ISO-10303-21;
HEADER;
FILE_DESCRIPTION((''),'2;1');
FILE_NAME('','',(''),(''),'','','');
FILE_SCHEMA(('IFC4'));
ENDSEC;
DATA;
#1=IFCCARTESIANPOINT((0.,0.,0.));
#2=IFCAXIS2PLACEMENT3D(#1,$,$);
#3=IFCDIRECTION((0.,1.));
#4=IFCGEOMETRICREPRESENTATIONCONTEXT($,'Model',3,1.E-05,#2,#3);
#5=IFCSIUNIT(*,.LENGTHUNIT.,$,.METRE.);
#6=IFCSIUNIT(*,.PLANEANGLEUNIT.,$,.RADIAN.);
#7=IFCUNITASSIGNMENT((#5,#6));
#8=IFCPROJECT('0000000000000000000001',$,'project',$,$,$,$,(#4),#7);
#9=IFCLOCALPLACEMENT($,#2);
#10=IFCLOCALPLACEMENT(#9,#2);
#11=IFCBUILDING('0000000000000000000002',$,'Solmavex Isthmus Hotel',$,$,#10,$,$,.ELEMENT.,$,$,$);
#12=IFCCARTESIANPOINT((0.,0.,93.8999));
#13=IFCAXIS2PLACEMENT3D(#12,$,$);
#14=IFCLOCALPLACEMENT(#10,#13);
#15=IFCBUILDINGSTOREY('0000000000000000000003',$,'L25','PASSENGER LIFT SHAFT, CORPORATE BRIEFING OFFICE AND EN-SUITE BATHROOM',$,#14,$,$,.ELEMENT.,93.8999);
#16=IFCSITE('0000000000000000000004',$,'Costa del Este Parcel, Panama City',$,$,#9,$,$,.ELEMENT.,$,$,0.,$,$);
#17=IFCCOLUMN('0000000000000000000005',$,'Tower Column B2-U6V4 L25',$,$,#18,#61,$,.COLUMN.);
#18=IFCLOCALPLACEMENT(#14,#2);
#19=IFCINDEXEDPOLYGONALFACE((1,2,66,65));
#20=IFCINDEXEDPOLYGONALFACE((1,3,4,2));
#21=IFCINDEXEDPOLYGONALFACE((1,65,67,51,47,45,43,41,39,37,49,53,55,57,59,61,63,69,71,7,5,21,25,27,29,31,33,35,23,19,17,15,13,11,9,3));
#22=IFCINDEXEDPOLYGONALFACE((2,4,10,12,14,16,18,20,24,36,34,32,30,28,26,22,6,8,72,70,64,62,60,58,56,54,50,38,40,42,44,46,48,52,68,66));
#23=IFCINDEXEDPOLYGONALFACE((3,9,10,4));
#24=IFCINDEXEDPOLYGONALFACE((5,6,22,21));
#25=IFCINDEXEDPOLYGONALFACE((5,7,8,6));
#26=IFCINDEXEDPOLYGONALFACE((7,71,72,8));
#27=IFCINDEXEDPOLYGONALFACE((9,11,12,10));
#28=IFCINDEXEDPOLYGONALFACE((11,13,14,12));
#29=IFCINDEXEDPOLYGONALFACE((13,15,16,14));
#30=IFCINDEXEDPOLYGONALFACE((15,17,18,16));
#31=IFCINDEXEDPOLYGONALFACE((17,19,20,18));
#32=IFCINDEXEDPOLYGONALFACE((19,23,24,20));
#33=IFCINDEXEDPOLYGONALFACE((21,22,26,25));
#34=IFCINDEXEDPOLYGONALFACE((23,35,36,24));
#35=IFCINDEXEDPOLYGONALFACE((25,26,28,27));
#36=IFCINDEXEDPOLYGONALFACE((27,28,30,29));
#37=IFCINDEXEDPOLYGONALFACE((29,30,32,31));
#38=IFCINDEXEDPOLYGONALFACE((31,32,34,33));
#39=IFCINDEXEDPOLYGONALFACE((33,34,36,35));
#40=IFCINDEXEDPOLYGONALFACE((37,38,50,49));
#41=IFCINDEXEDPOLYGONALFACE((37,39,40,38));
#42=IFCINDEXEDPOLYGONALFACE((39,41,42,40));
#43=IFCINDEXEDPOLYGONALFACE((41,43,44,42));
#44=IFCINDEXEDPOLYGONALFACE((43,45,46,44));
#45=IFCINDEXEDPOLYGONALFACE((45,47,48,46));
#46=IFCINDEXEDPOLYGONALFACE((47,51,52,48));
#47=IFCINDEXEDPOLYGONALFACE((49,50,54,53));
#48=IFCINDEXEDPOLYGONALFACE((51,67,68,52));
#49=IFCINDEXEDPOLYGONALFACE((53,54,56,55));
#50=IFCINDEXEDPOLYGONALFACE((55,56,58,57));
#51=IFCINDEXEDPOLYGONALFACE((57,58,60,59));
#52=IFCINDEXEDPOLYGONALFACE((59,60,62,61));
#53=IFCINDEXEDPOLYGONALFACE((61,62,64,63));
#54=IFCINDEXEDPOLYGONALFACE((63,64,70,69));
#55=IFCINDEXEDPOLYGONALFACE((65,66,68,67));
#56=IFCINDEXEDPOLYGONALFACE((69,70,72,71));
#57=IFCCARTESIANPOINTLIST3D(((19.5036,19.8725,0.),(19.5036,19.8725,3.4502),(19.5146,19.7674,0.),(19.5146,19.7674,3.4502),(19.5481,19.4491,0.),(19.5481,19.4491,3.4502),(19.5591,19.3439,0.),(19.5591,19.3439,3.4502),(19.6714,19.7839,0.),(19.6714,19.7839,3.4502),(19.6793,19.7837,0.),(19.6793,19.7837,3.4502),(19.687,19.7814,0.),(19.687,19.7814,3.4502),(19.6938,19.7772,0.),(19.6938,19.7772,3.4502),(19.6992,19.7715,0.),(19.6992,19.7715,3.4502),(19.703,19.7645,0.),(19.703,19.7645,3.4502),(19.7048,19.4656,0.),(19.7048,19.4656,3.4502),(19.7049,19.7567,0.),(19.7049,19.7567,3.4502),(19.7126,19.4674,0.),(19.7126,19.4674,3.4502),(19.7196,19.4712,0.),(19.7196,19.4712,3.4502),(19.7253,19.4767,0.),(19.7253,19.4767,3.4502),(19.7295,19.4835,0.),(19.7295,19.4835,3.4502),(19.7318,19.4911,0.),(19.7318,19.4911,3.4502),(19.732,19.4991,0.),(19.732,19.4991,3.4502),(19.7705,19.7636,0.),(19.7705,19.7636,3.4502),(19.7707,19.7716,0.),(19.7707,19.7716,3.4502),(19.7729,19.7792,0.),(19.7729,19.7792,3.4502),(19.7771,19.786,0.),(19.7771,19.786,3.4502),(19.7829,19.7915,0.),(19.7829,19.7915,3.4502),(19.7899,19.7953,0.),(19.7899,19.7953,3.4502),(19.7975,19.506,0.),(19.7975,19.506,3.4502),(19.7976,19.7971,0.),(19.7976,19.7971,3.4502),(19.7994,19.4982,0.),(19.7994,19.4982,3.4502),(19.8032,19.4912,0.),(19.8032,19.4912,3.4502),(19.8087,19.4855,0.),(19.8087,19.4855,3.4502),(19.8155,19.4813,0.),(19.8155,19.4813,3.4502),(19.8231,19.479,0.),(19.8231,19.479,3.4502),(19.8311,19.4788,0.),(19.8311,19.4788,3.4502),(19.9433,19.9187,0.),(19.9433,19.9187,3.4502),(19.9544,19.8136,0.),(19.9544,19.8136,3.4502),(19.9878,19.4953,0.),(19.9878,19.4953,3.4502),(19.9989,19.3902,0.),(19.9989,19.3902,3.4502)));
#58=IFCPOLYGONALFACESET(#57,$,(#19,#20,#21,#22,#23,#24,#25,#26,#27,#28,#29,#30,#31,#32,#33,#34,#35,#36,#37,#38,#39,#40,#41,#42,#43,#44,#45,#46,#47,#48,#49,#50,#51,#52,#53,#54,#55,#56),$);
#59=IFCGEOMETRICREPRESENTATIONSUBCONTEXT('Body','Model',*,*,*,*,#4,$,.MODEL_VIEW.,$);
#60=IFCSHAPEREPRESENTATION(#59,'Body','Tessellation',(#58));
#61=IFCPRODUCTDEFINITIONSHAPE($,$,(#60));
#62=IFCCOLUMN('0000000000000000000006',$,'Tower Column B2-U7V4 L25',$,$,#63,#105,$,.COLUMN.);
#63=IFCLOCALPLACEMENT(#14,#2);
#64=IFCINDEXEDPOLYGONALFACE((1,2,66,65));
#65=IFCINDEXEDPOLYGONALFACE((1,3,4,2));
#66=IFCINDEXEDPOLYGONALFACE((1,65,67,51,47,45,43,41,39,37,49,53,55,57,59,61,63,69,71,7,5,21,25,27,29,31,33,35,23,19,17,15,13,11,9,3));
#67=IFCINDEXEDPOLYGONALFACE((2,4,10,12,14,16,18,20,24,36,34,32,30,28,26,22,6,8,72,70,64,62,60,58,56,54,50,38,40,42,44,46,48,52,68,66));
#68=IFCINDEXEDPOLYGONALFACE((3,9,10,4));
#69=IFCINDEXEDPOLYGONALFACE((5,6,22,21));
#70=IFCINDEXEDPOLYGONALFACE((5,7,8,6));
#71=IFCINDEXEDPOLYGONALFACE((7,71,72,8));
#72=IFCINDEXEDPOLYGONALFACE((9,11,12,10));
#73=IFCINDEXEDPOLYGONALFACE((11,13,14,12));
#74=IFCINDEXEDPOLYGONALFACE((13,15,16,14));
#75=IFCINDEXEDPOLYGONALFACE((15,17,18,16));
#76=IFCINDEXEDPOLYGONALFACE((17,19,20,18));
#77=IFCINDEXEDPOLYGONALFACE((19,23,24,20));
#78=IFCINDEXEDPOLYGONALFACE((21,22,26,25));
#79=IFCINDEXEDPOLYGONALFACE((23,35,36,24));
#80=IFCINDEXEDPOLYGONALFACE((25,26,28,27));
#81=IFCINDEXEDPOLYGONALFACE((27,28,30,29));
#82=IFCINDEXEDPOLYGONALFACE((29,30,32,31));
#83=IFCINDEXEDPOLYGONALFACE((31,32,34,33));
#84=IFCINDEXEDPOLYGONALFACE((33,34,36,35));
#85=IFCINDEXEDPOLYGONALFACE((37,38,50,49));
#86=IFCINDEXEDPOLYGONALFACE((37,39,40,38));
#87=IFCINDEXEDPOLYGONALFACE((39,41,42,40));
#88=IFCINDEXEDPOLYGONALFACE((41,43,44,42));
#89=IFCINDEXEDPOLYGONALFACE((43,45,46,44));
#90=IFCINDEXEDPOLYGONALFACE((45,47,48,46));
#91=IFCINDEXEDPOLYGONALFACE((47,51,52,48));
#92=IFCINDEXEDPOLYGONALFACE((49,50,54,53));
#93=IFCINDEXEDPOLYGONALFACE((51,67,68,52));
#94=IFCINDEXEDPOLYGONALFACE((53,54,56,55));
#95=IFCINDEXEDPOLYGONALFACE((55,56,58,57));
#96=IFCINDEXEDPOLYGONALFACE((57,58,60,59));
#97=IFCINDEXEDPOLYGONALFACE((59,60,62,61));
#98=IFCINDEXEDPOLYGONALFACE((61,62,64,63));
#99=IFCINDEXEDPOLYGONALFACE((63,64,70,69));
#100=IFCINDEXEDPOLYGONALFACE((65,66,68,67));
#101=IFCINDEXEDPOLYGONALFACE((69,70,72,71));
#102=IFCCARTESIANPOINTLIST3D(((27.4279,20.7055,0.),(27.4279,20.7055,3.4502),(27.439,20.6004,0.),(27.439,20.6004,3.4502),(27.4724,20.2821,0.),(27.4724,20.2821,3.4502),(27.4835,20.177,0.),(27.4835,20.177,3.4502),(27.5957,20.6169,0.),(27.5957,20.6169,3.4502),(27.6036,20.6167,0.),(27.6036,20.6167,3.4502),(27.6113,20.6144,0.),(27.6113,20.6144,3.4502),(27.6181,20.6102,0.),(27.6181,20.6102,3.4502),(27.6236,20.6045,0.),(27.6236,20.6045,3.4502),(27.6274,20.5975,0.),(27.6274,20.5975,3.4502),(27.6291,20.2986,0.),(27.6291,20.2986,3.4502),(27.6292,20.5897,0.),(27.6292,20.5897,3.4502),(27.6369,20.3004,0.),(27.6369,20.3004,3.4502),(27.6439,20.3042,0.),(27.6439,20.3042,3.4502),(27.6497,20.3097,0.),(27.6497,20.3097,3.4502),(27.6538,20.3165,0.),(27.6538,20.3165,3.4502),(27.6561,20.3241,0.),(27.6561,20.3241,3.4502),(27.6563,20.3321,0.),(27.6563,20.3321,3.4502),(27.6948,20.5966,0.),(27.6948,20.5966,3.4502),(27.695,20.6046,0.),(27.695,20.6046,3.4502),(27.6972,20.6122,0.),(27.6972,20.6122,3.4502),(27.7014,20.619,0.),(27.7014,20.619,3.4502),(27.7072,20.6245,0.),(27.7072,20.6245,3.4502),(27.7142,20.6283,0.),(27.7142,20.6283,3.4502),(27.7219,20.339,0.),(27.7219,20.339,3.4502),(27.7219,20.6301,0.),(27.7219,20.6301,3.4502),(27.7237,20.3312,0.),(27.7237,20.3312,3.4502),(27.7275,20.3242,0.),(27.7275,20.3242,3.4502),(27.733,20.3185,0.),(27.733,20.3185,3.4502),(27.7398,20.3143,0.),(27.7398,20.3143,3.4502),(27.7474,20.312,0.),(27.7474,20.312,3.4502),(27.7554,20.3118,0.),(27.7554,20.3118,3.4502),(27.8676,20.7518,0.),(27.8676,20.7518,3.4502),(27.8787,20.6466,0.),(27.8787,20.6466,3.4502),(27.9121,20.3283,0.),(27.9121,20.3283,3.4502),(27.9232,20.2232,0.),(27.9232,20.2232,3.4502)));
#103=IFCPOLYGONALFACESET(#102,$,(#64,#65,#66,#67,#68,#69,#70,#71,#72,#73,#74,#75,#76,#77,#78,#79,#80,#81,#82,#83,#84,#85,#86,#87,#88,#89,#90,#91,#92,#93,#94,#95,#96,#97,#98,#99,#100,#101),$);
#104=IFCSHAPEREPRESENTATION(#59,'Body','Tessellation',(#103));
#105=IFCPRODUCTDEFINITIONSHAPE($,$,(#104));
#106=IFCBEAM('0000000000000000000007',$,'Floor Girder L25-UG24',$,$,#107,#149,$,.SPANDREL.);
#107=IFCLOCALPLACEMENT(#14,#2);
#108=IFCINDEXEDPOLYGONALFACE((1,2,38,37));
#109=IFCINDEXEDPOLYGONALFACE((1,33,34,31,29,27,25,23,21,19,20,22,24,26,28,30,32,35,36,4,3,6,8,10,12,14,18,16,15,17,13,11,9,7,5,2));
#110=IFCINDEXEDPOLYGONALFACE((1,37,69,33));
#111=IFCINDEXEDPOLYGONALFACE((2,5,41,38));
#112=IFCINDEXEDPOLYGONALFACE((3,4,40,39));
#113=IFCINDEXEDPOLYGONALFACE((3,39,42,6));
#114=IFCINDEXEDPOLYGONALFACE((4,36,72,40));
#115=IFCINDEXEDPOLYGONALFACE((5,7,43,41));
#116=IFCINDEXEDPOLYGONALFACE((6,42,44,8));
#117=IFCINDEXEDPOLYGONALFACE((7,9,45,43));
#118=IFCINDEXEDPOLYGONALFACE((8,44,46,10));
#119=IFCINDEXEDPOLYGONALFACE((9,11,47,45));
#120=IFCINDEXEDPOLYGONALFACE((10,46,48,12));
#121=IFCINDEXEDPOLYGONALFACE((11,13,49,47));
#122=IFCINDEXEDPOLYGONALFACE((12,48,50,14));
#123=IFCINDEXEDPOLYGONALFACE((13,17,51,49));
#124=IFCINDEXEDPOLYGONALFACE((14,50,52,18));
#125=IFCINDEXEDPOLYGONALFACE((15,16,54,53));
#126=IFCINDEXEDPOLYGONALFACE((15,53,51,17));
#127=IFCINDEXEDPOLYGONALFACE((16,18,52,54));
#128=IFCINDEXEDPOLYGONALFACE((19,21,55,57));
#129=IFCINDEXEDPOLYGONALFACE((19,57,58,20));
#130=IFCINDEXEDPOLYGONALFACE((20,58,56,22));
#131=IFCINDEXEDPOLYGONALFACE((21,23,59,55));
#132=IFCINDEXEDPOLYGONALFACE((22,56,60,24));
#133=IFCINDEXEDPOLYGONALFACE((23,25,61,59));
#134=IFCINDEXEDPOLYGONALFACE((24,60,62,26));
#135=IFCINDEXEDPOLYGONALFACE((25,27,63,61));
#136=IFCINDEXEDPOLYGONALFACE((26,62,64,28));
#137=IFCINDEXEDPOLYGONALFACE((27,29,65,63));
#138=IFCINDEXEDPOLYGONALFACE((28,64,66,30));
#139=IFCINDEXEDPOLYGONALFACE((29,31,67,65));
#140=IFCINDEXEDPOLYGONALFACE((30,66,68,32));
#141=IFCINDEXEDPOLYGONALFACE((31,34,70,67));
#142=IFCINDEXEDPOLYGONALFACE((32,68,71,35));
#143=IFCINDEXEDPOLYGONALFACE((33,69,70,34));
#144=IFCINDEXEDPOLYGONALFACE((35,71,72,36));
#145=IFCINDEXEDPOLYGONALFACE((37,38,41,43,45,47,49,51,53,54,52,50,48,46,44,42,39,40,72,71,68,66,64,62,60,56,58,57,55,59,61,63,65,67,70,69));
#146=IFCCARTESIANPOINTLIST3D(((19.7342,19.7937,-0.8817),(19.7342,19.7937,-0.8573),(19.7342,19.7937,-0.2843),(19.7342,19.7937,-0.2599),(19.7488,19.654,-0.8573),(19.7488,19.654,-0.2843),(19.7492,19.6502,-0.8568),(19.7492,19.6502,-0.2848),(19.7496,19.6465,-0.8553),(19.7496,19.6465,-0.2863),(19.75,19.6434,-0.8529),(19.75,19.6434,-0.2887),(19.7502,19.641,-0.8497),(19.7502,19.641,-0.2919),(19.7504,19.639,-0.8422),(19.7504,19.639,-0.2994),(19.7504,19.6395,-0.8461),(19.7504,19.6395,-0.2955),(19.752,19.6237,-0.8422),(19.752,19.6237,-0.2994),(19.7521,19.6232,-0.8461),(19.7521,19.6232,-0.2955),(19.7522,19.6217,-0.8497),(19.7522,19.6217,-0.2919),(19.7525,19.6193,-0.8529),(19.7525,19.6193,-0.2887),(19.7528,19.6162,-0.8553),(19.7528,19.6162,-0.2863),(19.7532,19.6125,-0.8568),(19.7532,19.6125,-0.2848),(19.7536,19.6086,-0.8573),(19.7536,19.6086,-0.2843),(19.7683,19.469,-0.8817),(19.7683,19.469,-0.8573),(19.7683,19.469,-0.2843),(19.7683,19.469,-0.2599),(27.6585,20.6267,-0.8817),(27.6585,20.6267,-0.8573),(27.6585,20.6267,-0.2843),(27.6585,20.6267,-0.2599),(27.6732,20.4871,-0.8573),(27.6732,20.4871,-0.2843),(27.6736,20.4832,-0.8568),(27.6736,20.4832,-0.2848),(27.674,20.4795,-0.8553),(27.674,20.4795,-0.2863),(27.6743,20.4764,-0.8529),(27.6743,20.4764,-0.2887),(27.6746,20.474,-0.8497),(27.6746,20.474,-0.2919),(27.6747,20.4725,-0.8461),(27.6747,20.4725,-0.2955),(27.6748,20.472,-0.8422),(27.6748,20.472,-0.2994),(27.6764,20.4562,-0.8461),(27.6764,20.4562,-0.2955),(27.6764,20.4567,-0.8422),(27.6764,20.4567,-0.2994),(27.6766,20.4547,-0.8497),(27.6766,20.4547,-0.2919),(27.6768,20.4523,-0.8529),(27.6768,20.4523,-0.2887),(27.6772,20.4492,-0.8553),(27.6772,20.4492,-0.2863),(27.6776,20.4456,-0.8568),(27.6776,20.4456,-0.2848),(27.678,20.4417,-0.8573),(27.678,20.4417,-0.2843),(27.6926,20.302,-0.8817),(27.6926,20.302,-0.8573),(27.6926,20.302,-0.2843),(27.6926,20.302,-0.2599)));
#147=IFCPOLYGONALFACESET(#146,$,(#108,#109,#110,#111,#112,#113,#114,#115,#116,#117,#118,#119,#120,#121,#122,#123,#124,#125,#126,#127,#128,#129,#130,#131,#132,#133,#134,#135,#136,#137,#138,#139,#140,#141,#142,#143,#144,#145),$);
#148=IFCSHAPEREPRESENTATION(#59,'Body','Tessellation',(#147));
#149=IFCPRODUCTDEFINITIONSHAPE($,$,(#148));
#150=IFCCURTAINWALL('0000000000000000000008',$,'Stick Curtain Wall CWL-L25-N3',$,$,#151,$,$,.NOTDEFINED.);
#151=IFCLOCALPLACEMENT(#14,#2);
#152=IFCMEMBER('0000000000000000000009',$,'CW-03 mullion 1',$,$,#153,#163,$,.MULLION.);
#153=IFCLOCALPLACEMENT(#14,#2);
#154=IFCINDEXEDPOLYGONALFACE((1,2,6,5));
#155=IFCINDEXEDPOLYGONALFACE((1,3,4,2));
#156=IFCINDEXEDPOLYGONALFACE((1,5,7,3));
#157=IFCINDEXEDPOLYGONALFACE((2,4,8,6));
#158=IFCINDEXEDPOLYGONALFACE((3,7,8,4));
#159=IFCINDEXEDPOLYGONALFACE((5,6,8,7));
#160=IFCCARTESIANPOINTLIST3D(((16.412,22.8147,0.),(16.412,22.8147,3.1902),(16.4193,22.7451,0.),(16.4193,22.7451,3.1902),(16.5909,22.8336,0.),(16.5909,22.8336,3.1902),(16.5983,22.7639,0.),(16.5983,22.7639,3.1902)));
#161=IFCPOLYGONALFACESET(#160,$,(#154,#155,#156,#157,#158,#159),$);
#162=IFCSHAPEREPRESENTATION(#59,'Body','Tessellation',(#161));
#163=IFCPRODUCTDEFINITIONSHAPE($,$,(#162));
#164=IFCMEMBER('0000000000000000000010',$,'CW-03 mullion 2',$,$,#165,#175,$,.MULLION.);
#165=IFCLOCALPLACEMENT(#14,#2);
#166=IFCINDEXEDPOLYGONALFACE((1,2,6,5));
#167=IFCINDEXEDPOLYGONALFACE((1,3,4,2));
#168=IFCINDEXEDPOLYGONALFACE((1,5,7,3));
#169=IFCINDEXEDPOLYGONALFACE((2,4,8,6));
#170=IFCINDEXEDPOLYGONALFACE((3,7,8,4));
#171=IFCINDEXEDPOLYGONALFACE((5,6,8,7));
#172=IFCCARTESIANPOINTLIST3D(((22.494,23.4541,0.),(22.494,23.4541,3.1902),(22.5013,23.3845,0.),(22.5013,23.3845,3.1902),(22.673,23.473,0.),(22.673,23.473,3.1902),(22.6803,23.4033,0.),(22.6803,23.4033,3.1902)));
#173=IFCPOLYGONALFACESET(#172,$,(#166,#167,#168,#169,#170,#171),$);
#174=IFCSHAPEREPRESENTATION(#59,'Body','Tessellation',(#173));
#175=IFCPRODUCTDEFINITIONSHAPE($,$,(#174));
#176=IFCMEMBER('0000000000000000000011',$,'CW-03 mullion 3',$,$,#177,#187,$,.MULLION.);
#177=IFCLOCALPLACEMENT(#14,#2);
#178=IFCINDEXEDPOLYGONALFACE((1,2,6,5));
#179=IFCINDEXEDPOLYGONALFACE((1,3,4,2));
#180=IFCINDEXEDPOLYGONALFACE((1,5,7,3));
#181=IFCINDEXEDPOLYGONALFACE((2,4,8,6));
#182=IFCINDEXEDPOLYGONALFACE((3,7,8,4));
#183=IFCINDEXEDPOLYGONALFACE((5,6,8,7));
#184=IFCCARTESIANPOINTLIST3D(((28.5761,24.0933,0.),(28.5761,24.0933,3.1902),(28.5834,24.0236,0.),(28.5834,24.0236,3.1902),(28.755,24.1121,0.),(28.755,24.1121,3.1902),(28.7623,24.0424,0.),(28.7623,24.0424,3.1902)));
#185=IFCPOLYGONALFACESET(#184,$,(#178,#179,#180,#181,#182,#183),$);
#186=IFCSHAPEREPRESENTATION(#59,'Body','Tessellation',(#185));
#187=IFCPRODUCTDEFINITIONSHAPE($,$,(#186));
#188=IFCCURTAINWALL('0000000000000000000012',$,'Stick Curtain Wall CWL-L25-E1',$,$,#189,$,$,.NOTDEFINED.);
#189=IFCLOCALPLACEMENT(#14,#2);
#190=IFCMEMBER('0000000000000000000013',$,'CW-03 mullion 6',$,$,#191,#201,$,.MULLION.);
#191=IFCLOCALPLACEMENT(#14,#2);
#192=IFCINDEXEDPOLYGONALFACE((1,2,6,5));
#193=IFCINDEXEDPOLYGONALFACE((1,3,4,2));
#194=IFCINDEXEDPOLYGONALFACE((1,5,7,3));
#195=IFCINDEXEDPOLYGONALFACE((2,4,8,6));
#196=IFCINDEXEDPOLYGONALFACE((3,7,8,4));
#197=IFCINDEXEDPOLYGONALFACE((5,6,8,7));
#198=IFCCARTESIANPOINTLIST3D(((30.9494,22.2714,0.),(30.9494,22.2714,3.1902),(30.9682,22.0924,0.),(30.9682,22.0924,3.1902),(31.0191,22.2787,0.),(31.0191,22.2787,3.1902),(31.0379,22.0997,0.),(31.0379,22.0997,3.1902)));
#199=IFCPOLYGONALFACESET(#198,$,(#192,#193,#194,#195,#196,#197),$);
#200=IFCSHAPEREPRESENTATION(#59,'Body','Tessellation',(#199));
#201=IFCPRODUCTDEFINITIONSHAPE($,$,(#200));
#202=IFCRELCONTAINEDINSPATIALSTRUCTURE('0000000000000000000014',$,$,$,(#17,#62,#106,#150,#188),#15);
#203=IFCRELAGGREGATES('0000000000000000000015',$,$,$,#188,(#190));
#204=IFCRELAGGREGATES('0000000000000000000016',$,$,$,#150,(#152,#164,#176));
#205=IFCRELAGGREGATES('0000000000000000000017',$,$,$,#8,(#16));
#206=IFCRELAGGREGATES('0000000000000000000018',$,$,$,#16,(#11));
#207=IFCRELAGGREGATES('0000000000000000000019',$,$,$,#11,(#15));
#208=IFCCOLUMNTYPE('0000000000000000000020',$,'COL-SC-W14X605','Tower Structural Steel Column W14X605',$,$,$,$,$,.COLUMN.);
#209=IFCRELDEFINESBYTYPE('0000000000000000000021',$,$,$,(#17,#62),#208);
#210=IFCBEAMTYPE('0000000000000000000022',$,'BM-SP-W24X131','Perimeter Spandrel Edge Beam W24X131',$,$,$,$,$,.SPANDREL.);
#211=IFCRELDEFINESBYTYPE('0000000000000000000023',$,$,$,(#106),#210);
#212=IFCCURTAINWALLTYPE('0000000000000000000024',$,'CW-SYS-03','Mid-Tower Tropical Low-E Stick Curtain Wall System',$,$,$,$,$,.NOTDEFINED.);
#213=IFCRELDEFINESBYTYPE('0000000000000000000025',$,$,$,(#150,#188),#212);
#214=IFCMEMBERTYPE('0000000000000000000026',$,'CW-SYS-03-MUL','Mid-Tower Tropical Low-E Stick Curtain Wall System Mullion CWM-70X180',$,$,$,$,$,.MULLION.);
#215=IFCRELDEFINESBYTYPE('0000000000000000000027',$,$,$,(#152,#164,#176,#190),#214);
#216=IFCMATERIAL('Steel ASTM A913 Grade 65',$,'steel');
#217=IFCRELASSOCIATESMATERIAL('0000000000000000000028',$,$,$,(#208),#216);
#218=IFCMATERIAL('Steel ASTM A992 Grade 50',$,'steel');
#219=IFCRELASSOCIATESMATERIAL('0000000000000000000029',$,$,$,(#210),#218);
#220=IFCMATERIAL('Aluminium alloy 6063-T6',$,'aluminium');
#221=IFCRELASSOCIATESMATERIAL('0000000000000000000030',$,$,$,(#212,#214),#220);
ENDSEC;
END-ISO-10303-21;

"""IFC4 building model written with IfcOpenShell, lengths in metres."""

from ifc_helpers import new_model, si_unit, direction, frame, origin, origin_2d, place, context, subcontext, project, spatial, rectangle, i_section, extrude, material, material_profile, profile_set, type_object, element, aggregate, save


model = new_model("IFC4")

# Units and contexts
model_context = context("Model", 3, precision=1e-05, world=origin(), true_north=direction((0.0, 1.0)))
body_context = subcontext(model_context, "Body", "Model", "MODEL_VIEW")
ifc_project = project(units=[si_unit("LENGTHUNIT", "METRE"), si_unit("PLANEANGLEUNIT", "RADIAN")], contexts=[model_context])

# Site, building, storey
site_placement = place(None, origin())
site = spatial("IfcSite", under=ifc_project, at=site_placement, Name="Costa del Este Parcel, Panama City", CompositionType="ELEMENT", RefElevation=0.0)
building_placement = place(site_placement, origin())
building = spatial("IfcBuilding", under=site, at=building_placement, Name="Solmavex Isthmus Hotel", CompositionType="ELEMENT")
storey_placement = place(building_placement, frame((0.0, 0.0, 93.8999)))
storey = spatial("IfcBuildingStorey", under=building, at=storey_placement, Name="L25", Description="PASSENGER LIFT SHAFT, CORPORATE BRIEFING OFFICE AND EN-SUITE BATHROOM", CompositionType="ELEMENT", Elevation=93.8999)

# Columns
ifc_material_1 = material(Name="Steel ASTM A913 Grade 65", Category="steel")
ifc_material_profile_1 = material_profile(ifc_material_1, i_section(OverallWidth=0.4421, OverallDepth=0.5315, WebThickness=0.0659, FlangeThickness=0.1057, FilletRadius=0.0305, at=origin_2d()), Name="W14X605")
ifc_profile_set_1 = profile_set([ifc_material_profile_1], Name="Steel ASTM A913 Grade 65")
column_type = type_object("IfcColumnType", Name="COL-SC-W14X605", Description="Tower Structural Steel Column W14X605", PredefinedType="COLUMN", material=ifc_profile_set_1)
for number, where, z_axis, x_axis, name in (
    (1, (19.7512, 19.6313, 0.0), (0.0, 0.0, 1.0), (0.994522, 0.104528, 0.0), "Tower Column B2-U6V4 L25"),
    (2, (27.6755, 20.4644, 0.0), (0.0, 0.0, 1.0), (0.994522, 0.104528, 0.0), "Tower Column B2-U7V4 L25"),
):
    element("IfcColumn", number, at=place(storey_placement, frame(where, z_axis=z_axis, x_axis=x_axis)), inside=storey, type_object=column_type, Name=name, PredefinedType="COLUMN", context=body_context, shape_type="SweptSolid", body=[
        extrude(i_section(OverallWidth=0.4421, OverallDepth=0.5315, WebThickness=0.0659, FlangeThickness=0.1057, FilletRadius=0.0305, at=origin_2d()), origin(), (0.0, 0.0, 1.0), 3.4502),
    ])

# Beam
ifc_material_2 = material(Name="Steel ASTM A992 Grade 50", Category="steel")
ifc_material_profile_2 = material_profile(ifc_material_2, i_section(OverallWidth=0.3264, OverallDepth=0.6218, WebThickness=0.0154, FlangeThickness=0.0244, FilletRadius=0.0151, at=origin_2d()), Name="W24X131")
ifc_profile_set_2 = profile_set([ifc_material_profile_2], Name="Steel ASTM A992 Grade 50")
beam_type = type_object("IfcBeamType", Name="BM-SP-W24X131", Description="Perimeter Spandrel Edge Beam W24X131", PredefinedType="SPANDREL", material=ifc_profile_set_2)
beam_placement = place(storey_placement, frame((19.7512, 19.6313, -0.5708), z_axis=(0.99452, 0.104544, 0.0), x_axis=(-0.104544, 0.99452, 0.0)))
element("IfcBeam", 3, at=beam_placement, inside=storey, type_object=beam_type, Name="Floor Girder L25-UG24", PredefinedType="SPANDREL", context=body_context, shape_type="SweptSolid", body=[
    extrude(i_section(OverallWidth=0.3264, OverallDepth=0.6218, WebThickness=0.0154, FlangeThickness=0.0244, FilletRadius=0.0151, at=origin_2d()), origin(), (0.0, 0.0, 1.0), 7.968),
])

# Curtain wall, members
ifc_material_3 = material(Name="Aluminium alloy 6063-T6", Category="aluminium")
curtain_wall_type = type_object("IfcCurtainWallType", Name="CW-SYS-03", Description="Mid-Tower Tropical Low-E Stick Curtain Wall System", PredefinedType="NOTDEFINED", material=ifc_material_3)
curtain_wall_1_placement = place(storey_placement, origin())
curtain_wall_1 = element("IfcCurtainWall", 4, at=curtain_wall_1_placement, inside=storey, type_object=curtain_wall_type, Name="Stick Curtain Wall CWL-L25-N3", PredefinedType="NOTDEFINED")
ifc_material_profile_3 = material_profile(ifc_material_3, rectangle(XDim=0.0701, YDim=0.1799, at=origin_2d()), Name="CWM-70X180")
ifc_profile_set_3 = profile_set([ifc_material_profile_3], Name="Aluminium alloy 6063-T6")
member_type_1 = type_object("IfcMemberType", Name="CW-SYS-03-MUL", Description="Mid-Tower Tropical Low-E Stick Curtain Wall System Mullion CWM-70X180", PredefinedType="MULLION", material=ifc_profile_set_3)
member_1_placement = place(storey_placement, frame((16.5051, 22.7893, 0.0), z_axis=(0.0, 0.0, 1.0), x_axis=(-0.104528, 0.994522, 0.0)))
member_1 = element("IfcMember", 5, at=member_1_placement, type_object=member_type_1, Name="CW-03 mullion 1", PredefinedType="MULLION", context=body_context, shape_type="SweptSolid", body=[
    extrude(rectangle(XDim=0.0701, YDim=0.1799, at=origin_2d()), origin(), (0.0, 0.0, 1.0), 3.1902),
])
member_2_placement = place(storey_placement, frame((22.5872, 23.4287, 0.0), z_axis=(0.0, 0.0, 1.0), x_axis=(-0.104528, 0.994522, 0.0)))
member_2 = element("IfcMember", 6, at=member_2_placement, type_object=member_type_1, Name="CW-03 mullion 2", PredefinedType="MULLION", context=body_context, shape_type="SweptSolid", body=[
    extrude(rectangle(XDim=0.0701, YDim=0.1799, at=origin_2d()), origin(), (0.0, 0.0, 1.0), 3.1902),
])
member_3_placement = place(storey_placement, frame((28.6692, 24.0679, 0.0), z_axis=(0.0, 0.0, 1.0), x_axis=(-0.104528, 0.994522, 0.0)))
member_3 = element("IfcMember", 7, at=member_3_placement, type_object=member_type_1, Name="CW-03 mullion 3", PredefinedType="MULLION", context=body_context, shape_type="SweptSolid", body=[
    extrude(rectangle(XDim=0.0701, YDim=0.1799, at=origin_2d()), origin(), (0.0, 0.0, 1.0), 3.1902),
])

# Curtain wall, member
curtain_wall_2_placement = place(storey_placement, origin())
curtain_wall_2 = element("IfcCurtainWall", 8, at=curtain_wall_2_placement, inside=storey, type_object=curtain_wall_type, Name="Stick Curtain Wall CWL-L25-E1", PredefinedType="NOTDEFINED")
member_4_placement = place(storey_placement, frame((30.9937, 22.1855, 0.0), z_axis=(0.0, 0.0, 1.0), x_axis=(-0.994522, -0.104528, 0.0)))
member_4 = element("IfcMember", 9, at=member_4_placement, type_object=member_type_1, Name="CW-03 mullion 6", PredefinedType="MULLION", context=body_context, shape_type="SweptSolid", body=[
    extrude(rectangle(XDim=0.0701, YDim=0.1799, at=origin_2d()), origin(), (0.0, 0.0, 1.0), 3.1902),
])
aggregate(curtain_wall_2, [member_4])

aggregate(curtain_wall_1, [member_1, member_2, member_3])

save(model, "model.ifc")
